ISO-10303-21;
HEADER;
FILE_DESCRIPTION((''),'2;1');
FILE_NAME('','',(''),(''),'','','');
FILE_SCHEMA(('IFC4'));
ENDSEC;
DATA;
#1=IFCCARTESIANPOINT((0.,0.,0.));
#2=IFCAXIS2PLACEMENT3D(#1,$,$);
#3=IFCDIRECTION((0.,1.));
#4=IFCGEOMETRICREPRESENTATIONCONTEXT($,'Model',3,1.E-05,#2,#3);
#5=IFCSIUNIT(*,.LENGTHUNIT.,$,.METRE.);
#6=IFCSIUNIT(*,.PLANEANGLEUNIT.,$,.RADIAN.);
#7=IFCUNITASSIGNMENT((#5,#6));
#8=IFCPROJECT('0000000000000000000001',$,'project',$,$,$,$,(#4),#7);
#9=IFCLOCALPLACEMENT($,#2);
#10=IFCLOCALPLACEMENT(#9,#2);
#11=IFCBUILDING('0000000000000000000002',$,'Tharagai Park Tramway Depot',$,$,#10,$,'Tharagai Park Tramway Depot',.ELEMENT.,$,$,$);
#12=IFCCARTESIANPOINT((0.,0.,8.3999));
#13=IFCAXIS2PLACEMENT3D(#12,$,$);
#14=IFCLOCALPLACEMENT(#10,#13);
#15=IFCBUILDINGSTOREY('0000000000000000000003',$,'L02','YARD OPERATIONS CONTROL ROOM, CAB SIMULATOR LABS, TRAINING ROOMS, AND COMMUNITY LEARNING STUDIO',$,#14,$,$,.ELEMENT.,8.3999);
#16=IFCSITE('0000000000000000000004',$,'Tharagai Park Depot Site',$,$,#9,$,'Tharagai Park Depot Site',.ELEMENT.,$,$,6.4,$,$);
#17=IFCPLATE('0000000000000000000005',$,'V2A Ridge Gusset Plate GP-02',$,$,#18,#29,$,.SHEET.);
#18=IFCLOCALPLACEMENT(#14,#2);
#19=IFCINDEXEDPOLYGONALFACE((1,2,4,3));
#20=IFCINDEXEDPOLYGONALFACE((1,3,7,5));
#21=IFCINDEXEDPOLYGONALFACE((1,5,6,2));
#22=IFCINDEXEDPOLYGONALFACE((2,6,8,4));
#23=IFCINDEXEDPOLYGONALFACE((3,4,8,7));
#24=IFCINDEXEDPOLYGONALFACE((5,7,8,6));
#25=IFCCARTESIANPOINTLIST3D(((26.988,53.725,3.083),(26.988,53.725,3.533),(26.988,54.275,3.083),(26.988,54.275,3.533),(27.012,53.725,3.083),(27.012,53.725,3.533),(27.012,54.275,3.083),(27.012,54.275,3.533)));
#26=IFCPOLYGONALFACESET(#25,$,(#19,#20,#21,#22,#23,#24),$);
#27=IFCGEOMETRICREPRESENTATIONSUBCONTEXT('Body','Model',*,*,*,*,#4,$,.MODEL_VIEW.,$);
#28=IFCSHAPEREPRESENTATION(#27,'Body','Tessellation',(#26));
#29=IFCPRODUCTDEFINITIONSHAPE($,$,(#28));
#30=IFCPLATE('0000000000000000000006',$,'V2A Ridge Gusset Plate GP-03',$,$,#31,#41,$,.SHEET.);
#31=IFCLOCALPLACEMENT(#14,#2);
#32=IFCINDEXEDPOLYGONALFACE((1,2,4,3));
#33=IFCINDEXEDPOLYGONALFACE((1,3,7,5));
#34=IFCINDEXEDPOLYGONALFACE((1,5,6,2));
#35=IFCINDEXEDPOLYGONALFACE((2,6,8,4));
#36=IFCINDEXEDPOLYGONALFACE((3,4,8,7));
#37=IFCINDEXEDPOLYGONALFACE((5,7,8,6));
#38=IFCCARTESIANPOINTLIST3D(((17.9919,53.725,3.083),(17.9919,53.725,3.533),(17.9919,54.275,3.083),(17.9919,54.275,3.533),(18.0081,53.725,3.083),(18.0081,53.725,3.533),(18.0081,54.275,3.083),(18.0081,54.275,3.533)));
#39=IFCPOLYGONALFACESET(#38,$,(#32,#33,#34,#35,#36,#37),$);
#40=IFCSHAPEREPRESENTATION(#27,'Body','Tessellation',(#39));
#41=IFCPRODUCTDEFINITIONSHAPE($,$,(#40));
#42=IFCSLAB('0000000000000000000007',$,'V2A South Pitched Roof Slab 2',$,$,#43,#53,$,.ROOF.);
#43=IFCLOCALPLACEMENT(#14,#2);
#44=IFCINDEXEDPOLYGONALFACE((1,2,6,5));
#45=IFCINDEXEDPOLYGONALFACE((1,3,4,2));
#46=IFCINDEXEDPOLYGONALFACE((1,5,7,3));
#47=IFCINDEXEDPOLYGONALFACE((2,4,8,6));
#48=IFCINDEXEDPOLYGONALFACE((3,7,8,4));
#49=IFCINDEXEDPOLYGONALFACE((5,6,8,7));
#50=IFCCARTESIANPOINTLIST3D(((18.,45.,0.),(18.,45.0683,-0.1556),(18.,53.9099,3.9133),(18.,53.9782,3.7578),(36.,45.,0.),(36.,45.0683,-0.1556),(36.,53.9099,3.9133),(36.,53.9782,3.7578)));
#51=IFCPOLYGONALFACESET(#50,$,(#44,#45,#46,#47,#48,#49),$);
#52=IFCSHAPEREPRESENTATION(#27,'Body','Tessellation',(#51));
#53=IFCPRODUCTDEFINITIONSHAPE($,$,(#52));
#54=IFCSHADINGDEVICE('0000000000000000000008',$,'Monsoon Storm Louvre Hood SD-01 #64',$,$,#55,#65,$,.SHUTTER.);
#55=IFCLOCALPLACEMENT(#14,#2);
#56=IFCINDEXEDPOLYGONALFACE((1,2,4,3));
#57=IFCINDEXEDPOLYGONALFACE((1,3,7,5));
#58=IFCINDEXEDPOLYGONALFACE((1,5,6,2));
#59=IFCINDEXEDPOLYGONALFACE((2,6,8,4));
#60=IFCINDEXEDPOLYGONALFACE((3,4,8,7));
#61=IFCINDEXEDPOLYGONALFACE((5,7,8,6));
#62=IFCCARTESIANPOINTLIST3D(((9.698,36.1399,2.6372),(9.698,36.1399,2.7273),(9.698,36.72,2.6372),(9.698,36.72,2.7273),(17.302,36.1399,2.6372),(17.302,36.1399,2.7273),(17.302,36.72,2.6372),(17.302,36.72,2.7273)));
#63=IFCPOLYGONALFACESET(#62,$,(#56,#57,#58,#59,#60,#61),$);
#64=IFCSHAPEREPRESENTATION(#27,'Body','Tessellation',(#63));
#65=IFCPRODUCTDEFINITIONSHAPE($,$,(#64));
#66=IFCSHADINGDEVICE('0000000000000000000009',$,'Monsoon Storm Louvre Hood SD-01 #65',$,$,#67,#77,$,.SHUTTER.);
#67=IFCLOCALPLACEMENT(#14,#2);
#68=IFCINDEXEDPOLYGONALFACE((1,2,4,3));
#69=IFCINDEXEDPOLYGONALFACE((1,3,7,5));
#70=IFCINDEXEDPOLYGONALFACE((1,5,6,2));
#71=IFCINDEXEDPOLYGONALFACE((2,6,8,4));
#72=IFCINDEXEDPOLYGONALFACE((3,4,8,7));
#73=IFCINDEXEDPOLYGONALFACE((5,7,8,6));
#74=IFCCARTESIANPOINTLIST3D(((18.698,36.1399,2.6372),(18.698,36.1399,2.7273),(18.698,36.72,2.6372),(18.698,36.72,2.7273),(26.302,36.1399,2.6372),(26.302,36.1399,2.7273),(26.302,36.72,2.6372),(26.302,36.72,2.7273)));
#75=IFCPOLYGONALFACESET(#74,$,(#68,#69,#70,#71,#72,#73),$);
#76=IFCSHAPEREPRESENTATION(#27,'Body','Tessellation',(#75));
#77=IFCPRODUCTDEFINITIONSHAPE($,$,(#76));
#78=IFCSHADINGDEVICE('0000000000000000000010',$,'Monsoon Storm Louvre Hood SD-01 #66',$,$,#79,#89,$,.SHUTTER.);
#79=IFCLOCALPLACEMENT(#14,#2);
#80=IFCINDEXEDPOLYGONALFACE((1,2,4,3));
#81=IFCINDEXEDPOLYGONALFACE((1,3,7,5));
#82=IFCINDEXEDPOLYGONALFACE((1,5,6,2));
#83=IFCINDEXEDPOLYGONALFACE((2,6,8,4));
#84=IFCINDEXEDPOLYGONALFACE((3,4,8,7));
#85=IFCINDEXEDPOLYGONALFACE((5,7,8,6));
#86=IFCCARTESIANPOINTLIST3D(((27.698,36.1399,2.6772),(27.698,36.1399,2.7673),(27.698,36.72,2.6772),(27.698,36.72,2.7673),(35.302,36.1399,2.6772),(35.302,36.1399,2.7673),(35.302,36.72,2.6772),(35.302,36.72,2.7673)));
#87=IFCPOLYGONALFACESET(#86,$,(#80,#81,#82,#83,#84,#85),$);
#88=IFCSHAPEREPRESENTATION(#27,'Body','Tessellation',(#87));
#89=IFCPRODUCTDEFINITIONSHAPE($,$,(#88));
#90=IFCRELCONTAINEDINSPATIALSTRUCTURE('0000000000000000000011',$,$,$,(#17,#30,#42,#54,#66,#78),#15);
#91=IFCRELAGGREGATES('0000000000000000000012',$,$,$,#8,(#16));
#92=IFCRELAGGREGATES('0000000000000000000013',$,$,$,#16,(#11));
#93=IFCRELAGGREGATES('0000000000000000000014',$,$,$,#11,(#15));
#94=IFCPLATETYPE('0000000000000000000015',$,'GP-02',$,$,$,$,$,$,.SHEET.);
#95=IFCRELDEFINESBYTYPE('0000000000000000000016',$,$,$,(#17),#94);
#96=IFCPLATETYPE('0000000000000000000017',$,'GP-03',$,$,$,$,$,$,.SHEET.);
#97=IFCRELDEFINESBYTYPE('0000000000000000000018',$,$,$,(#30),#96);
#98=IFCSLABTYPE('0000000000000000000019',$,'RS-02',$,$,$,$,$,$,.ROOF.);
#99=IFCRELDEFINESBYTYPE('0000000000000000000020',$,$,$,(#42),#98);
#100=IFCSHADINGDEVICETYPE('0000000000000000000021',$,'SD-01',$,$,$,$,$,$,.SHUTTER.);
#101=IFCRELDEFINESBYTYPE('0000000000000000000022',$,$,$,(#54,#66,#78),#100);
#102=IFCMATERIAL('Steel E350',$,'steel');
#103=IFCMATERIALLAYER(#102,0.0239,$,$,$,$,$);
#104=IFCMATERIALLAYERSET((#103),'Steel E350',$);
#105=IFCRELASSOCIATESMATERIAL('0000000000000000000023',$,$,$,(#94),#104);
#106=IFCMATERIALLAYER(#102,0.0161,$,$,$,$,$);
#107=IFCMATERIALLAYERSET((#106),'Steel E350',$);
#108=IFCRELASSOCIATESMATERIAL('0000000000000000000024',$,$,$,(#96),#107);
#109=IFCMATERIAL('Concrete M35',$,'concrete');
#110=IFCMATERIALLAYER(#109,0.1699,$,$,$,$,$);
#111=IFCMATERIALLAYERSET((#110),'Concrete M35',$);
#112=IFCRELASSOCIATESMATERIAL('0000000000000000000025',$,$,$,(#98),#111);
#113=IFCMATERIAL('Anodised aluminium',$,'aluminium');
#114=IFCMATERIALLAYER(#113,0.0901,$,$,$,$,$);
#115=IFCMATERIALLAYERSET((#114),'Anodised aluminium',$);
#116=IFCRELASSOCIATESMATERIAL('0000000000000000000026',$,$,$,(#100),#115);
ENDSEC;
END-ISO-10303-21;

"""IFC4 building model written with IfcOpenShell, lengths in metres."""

from ifc_helpers import new_model, si_unit, direction, frame, origin, origin_2d, place, context, subcontext, project, spatial, polyline, rectangle, outline, extrude, material, layer, layer_set, type_object, element, save


model = new_model("IFC4")

# Units and contexts
model_context = context("Model", 3, precision=1e-05, world=origin(), true_north=direction((0.0, 1.0)))
body_context = subcontext(model_context, "Body", "Model", "MODEL_VIEW")
ifc_project = project(units=[si_unit("LENGTHUNIT", "METRE"), si_unit("PLANEANGLEUNIT", "RADIAN")], contexts=[model_context])

# Site, building, storey
site_placement = place(None, origin())
site = spatial("IfcSite", under=ifc_project, at=site_placement, Name="Tharagai Park Depot Site", LongName="Tharagai Park Depot Site", CompositionType="ELEMENT", RefElevation=6.4)
building_placement = place(site_placement, origin())
building = spatial("IfcBuilding", under=site, at=building_placement, Name="Tharagai Park Tramway Depot", LongName="Tharagai Park Tramway Depot", CompositionType="ELEMENT")
storey_placement = place(building_placement, frame((0.0, 0.0, 8.3999)))
storey = spatial("IfcBuildingStorey", under=building, at=storey_placement, Name="L02", Description="YARD OPERATIONS CONTROL ROOM, CAB SIMULATOR LABS, TRAINING ROOMS, AND COMMUNITY LEARNING STUDIO", CompositionType="ELEMENT", Elevation=8.3999)

# Shared definitions
ifc_material_1 = material(Name="Steel E350", Category="steel")
ifc_material_2 = material(Name="Concrete M35", Category="concrete")

# Plates
ifc_layer_1 = layer(ifc_material_1, 0.0239)
ifc_layer_set_1 = layer_set([ifc_layer_1], Name="Steel E350")
plate_type_1 = type_object("IfcPlateType", Name="GP-02", PredefinedType="SHEET", material=ifc_layer_set_1)
plate_1_placement = place(storey_placement, frame((27.0, 54.0, 3.083), z_axis=(0.0, 0.0, 1.0), x_axis=(1.0, 0.0, 0.0)))
element("IfcPlate", 1, at=plate_1_placement, inside=storey, type_object=plate_type_1, Name="V2A Ridge Gusset Plate GP-02", PredefinedType="SHEET", context=body_context, shape_type="SweptSolid", body=[
    extrude(rectangle(XDim=0.0239, YDim=0.55, at=origin_2d()), origin(), (0.0, 0.0, 1.0), 0.45),
])
ifc_layer_2 = layer(ifc_material_1, 0.0161)
ifc_layer_set_2 = layer_set([ifc_layer_2], Name="Steel E350")
plate_type_2 = type_object("IfcPlateType", Name="GP-03", PredefinedType="SHEET", material=ifc_layer_set_2)
plate_2_placement = place(storey_placement, frame((18.0, 54.0, 3.083), z_axis=(0.0, 0.0, 1.0), x_axis=(1.0, 0.0, 0.0)))
element("IfcPlate", 2, at=plate_2_placement, inside=storey, type_object=plate_type_2, Name="V2A Ridge Gusset Plate GP-03", PredefinedType="SHEET", context=body_context, shape_type="SweptSolid", body=[
    extrude(rectangle(XDim=0.0161, YDim=0.55, at=origin_2d()), origin(), (0.0, 0.0, 1.0), 0.45),
])

# Slab
ifc_layer_3 = layer(ifc_material_2, 0.1699)
ifc_layer_set_3 = layer_set([ifc_layer_3], Name="Concrete M35")
slab_type = type_object("IfcSlabType", Name="RS-02", PredefinedType="ROOF", material=ifc_layer_set_3)
slab_placement = place(storey_placement, frame((18.0, 45.0, 0.0), z_axis=(0.0, -0.402133, 0.915581), x_axis=(1.0, 0.0, 0.0)))
element("IfcSlab", 3, at=slab_placement, inside=storey, type_object=slab_type, Name="V2A South Pitched Roof Slab 2", PredefinedType="ROOF", context=body_context, shape_type="SweptSolid", body=[
    extrude(outline(polyline([(0.0, 0.0), (18.0, 0.0), (18.0, 9.7314), (0.0, 9.7314), (0.0, 0.0)])), origin(), (0.0, 0.0, -1.0), 0.1699),
])

# Shading devices
ifc_material_3 = material(Name="Anodised aluminium", Category="aluminium")
ifc_layer_4 = layer(ifc_material_3, 0.0901)
ifc_layer_set_4 = layer_set([ifc_layer_4], Name="Anodised aluminium")
shading_device_type = type_object("IfcShadingDeviceType", Name="SD-01", PredefinedType="SHUTTER", material=ifc_layer_set_4)
for number, where, z_axis, x_axis, name in (
    (4, (13.5, 36.4299, 2.6372), (0.0, 0.0, 1.0), (1.0, 0.0, 0.0), "Monsoon Storm Louvre Hood SD-01 #64"),
    (5, (22.5, 36.4299, 2.6372), (0.0, 0.0, 1.0), (1.0, 0.0, 0.0), "Monsoon Storm Louvre Hood SD-01 #65"),
    (6, (31.5, 36.4299, 2.6772), (0.0, 0.0, 1.0), (1.0, 0.0, 0.0), "Monsoon Storm Louvre Hood SD-01 #66"),
):
    element("IfcShadingDevice", number, at=place(storey_placement, frame(where, z_axis=z_axis, x_axis=x_axis)), inside=storey, type_object=shading_device_type, Name=name, PredefinedType="SHUTTER", context=body_context, shape_type="SweptSolid", body=[
        extrude(rectangle(XDim=7.604, YDim=0.5801, at=origin_2d()), origin(), (0.0, 0.0, 1.0), 0.0901),
    ])

save(model, "model.ifc")
